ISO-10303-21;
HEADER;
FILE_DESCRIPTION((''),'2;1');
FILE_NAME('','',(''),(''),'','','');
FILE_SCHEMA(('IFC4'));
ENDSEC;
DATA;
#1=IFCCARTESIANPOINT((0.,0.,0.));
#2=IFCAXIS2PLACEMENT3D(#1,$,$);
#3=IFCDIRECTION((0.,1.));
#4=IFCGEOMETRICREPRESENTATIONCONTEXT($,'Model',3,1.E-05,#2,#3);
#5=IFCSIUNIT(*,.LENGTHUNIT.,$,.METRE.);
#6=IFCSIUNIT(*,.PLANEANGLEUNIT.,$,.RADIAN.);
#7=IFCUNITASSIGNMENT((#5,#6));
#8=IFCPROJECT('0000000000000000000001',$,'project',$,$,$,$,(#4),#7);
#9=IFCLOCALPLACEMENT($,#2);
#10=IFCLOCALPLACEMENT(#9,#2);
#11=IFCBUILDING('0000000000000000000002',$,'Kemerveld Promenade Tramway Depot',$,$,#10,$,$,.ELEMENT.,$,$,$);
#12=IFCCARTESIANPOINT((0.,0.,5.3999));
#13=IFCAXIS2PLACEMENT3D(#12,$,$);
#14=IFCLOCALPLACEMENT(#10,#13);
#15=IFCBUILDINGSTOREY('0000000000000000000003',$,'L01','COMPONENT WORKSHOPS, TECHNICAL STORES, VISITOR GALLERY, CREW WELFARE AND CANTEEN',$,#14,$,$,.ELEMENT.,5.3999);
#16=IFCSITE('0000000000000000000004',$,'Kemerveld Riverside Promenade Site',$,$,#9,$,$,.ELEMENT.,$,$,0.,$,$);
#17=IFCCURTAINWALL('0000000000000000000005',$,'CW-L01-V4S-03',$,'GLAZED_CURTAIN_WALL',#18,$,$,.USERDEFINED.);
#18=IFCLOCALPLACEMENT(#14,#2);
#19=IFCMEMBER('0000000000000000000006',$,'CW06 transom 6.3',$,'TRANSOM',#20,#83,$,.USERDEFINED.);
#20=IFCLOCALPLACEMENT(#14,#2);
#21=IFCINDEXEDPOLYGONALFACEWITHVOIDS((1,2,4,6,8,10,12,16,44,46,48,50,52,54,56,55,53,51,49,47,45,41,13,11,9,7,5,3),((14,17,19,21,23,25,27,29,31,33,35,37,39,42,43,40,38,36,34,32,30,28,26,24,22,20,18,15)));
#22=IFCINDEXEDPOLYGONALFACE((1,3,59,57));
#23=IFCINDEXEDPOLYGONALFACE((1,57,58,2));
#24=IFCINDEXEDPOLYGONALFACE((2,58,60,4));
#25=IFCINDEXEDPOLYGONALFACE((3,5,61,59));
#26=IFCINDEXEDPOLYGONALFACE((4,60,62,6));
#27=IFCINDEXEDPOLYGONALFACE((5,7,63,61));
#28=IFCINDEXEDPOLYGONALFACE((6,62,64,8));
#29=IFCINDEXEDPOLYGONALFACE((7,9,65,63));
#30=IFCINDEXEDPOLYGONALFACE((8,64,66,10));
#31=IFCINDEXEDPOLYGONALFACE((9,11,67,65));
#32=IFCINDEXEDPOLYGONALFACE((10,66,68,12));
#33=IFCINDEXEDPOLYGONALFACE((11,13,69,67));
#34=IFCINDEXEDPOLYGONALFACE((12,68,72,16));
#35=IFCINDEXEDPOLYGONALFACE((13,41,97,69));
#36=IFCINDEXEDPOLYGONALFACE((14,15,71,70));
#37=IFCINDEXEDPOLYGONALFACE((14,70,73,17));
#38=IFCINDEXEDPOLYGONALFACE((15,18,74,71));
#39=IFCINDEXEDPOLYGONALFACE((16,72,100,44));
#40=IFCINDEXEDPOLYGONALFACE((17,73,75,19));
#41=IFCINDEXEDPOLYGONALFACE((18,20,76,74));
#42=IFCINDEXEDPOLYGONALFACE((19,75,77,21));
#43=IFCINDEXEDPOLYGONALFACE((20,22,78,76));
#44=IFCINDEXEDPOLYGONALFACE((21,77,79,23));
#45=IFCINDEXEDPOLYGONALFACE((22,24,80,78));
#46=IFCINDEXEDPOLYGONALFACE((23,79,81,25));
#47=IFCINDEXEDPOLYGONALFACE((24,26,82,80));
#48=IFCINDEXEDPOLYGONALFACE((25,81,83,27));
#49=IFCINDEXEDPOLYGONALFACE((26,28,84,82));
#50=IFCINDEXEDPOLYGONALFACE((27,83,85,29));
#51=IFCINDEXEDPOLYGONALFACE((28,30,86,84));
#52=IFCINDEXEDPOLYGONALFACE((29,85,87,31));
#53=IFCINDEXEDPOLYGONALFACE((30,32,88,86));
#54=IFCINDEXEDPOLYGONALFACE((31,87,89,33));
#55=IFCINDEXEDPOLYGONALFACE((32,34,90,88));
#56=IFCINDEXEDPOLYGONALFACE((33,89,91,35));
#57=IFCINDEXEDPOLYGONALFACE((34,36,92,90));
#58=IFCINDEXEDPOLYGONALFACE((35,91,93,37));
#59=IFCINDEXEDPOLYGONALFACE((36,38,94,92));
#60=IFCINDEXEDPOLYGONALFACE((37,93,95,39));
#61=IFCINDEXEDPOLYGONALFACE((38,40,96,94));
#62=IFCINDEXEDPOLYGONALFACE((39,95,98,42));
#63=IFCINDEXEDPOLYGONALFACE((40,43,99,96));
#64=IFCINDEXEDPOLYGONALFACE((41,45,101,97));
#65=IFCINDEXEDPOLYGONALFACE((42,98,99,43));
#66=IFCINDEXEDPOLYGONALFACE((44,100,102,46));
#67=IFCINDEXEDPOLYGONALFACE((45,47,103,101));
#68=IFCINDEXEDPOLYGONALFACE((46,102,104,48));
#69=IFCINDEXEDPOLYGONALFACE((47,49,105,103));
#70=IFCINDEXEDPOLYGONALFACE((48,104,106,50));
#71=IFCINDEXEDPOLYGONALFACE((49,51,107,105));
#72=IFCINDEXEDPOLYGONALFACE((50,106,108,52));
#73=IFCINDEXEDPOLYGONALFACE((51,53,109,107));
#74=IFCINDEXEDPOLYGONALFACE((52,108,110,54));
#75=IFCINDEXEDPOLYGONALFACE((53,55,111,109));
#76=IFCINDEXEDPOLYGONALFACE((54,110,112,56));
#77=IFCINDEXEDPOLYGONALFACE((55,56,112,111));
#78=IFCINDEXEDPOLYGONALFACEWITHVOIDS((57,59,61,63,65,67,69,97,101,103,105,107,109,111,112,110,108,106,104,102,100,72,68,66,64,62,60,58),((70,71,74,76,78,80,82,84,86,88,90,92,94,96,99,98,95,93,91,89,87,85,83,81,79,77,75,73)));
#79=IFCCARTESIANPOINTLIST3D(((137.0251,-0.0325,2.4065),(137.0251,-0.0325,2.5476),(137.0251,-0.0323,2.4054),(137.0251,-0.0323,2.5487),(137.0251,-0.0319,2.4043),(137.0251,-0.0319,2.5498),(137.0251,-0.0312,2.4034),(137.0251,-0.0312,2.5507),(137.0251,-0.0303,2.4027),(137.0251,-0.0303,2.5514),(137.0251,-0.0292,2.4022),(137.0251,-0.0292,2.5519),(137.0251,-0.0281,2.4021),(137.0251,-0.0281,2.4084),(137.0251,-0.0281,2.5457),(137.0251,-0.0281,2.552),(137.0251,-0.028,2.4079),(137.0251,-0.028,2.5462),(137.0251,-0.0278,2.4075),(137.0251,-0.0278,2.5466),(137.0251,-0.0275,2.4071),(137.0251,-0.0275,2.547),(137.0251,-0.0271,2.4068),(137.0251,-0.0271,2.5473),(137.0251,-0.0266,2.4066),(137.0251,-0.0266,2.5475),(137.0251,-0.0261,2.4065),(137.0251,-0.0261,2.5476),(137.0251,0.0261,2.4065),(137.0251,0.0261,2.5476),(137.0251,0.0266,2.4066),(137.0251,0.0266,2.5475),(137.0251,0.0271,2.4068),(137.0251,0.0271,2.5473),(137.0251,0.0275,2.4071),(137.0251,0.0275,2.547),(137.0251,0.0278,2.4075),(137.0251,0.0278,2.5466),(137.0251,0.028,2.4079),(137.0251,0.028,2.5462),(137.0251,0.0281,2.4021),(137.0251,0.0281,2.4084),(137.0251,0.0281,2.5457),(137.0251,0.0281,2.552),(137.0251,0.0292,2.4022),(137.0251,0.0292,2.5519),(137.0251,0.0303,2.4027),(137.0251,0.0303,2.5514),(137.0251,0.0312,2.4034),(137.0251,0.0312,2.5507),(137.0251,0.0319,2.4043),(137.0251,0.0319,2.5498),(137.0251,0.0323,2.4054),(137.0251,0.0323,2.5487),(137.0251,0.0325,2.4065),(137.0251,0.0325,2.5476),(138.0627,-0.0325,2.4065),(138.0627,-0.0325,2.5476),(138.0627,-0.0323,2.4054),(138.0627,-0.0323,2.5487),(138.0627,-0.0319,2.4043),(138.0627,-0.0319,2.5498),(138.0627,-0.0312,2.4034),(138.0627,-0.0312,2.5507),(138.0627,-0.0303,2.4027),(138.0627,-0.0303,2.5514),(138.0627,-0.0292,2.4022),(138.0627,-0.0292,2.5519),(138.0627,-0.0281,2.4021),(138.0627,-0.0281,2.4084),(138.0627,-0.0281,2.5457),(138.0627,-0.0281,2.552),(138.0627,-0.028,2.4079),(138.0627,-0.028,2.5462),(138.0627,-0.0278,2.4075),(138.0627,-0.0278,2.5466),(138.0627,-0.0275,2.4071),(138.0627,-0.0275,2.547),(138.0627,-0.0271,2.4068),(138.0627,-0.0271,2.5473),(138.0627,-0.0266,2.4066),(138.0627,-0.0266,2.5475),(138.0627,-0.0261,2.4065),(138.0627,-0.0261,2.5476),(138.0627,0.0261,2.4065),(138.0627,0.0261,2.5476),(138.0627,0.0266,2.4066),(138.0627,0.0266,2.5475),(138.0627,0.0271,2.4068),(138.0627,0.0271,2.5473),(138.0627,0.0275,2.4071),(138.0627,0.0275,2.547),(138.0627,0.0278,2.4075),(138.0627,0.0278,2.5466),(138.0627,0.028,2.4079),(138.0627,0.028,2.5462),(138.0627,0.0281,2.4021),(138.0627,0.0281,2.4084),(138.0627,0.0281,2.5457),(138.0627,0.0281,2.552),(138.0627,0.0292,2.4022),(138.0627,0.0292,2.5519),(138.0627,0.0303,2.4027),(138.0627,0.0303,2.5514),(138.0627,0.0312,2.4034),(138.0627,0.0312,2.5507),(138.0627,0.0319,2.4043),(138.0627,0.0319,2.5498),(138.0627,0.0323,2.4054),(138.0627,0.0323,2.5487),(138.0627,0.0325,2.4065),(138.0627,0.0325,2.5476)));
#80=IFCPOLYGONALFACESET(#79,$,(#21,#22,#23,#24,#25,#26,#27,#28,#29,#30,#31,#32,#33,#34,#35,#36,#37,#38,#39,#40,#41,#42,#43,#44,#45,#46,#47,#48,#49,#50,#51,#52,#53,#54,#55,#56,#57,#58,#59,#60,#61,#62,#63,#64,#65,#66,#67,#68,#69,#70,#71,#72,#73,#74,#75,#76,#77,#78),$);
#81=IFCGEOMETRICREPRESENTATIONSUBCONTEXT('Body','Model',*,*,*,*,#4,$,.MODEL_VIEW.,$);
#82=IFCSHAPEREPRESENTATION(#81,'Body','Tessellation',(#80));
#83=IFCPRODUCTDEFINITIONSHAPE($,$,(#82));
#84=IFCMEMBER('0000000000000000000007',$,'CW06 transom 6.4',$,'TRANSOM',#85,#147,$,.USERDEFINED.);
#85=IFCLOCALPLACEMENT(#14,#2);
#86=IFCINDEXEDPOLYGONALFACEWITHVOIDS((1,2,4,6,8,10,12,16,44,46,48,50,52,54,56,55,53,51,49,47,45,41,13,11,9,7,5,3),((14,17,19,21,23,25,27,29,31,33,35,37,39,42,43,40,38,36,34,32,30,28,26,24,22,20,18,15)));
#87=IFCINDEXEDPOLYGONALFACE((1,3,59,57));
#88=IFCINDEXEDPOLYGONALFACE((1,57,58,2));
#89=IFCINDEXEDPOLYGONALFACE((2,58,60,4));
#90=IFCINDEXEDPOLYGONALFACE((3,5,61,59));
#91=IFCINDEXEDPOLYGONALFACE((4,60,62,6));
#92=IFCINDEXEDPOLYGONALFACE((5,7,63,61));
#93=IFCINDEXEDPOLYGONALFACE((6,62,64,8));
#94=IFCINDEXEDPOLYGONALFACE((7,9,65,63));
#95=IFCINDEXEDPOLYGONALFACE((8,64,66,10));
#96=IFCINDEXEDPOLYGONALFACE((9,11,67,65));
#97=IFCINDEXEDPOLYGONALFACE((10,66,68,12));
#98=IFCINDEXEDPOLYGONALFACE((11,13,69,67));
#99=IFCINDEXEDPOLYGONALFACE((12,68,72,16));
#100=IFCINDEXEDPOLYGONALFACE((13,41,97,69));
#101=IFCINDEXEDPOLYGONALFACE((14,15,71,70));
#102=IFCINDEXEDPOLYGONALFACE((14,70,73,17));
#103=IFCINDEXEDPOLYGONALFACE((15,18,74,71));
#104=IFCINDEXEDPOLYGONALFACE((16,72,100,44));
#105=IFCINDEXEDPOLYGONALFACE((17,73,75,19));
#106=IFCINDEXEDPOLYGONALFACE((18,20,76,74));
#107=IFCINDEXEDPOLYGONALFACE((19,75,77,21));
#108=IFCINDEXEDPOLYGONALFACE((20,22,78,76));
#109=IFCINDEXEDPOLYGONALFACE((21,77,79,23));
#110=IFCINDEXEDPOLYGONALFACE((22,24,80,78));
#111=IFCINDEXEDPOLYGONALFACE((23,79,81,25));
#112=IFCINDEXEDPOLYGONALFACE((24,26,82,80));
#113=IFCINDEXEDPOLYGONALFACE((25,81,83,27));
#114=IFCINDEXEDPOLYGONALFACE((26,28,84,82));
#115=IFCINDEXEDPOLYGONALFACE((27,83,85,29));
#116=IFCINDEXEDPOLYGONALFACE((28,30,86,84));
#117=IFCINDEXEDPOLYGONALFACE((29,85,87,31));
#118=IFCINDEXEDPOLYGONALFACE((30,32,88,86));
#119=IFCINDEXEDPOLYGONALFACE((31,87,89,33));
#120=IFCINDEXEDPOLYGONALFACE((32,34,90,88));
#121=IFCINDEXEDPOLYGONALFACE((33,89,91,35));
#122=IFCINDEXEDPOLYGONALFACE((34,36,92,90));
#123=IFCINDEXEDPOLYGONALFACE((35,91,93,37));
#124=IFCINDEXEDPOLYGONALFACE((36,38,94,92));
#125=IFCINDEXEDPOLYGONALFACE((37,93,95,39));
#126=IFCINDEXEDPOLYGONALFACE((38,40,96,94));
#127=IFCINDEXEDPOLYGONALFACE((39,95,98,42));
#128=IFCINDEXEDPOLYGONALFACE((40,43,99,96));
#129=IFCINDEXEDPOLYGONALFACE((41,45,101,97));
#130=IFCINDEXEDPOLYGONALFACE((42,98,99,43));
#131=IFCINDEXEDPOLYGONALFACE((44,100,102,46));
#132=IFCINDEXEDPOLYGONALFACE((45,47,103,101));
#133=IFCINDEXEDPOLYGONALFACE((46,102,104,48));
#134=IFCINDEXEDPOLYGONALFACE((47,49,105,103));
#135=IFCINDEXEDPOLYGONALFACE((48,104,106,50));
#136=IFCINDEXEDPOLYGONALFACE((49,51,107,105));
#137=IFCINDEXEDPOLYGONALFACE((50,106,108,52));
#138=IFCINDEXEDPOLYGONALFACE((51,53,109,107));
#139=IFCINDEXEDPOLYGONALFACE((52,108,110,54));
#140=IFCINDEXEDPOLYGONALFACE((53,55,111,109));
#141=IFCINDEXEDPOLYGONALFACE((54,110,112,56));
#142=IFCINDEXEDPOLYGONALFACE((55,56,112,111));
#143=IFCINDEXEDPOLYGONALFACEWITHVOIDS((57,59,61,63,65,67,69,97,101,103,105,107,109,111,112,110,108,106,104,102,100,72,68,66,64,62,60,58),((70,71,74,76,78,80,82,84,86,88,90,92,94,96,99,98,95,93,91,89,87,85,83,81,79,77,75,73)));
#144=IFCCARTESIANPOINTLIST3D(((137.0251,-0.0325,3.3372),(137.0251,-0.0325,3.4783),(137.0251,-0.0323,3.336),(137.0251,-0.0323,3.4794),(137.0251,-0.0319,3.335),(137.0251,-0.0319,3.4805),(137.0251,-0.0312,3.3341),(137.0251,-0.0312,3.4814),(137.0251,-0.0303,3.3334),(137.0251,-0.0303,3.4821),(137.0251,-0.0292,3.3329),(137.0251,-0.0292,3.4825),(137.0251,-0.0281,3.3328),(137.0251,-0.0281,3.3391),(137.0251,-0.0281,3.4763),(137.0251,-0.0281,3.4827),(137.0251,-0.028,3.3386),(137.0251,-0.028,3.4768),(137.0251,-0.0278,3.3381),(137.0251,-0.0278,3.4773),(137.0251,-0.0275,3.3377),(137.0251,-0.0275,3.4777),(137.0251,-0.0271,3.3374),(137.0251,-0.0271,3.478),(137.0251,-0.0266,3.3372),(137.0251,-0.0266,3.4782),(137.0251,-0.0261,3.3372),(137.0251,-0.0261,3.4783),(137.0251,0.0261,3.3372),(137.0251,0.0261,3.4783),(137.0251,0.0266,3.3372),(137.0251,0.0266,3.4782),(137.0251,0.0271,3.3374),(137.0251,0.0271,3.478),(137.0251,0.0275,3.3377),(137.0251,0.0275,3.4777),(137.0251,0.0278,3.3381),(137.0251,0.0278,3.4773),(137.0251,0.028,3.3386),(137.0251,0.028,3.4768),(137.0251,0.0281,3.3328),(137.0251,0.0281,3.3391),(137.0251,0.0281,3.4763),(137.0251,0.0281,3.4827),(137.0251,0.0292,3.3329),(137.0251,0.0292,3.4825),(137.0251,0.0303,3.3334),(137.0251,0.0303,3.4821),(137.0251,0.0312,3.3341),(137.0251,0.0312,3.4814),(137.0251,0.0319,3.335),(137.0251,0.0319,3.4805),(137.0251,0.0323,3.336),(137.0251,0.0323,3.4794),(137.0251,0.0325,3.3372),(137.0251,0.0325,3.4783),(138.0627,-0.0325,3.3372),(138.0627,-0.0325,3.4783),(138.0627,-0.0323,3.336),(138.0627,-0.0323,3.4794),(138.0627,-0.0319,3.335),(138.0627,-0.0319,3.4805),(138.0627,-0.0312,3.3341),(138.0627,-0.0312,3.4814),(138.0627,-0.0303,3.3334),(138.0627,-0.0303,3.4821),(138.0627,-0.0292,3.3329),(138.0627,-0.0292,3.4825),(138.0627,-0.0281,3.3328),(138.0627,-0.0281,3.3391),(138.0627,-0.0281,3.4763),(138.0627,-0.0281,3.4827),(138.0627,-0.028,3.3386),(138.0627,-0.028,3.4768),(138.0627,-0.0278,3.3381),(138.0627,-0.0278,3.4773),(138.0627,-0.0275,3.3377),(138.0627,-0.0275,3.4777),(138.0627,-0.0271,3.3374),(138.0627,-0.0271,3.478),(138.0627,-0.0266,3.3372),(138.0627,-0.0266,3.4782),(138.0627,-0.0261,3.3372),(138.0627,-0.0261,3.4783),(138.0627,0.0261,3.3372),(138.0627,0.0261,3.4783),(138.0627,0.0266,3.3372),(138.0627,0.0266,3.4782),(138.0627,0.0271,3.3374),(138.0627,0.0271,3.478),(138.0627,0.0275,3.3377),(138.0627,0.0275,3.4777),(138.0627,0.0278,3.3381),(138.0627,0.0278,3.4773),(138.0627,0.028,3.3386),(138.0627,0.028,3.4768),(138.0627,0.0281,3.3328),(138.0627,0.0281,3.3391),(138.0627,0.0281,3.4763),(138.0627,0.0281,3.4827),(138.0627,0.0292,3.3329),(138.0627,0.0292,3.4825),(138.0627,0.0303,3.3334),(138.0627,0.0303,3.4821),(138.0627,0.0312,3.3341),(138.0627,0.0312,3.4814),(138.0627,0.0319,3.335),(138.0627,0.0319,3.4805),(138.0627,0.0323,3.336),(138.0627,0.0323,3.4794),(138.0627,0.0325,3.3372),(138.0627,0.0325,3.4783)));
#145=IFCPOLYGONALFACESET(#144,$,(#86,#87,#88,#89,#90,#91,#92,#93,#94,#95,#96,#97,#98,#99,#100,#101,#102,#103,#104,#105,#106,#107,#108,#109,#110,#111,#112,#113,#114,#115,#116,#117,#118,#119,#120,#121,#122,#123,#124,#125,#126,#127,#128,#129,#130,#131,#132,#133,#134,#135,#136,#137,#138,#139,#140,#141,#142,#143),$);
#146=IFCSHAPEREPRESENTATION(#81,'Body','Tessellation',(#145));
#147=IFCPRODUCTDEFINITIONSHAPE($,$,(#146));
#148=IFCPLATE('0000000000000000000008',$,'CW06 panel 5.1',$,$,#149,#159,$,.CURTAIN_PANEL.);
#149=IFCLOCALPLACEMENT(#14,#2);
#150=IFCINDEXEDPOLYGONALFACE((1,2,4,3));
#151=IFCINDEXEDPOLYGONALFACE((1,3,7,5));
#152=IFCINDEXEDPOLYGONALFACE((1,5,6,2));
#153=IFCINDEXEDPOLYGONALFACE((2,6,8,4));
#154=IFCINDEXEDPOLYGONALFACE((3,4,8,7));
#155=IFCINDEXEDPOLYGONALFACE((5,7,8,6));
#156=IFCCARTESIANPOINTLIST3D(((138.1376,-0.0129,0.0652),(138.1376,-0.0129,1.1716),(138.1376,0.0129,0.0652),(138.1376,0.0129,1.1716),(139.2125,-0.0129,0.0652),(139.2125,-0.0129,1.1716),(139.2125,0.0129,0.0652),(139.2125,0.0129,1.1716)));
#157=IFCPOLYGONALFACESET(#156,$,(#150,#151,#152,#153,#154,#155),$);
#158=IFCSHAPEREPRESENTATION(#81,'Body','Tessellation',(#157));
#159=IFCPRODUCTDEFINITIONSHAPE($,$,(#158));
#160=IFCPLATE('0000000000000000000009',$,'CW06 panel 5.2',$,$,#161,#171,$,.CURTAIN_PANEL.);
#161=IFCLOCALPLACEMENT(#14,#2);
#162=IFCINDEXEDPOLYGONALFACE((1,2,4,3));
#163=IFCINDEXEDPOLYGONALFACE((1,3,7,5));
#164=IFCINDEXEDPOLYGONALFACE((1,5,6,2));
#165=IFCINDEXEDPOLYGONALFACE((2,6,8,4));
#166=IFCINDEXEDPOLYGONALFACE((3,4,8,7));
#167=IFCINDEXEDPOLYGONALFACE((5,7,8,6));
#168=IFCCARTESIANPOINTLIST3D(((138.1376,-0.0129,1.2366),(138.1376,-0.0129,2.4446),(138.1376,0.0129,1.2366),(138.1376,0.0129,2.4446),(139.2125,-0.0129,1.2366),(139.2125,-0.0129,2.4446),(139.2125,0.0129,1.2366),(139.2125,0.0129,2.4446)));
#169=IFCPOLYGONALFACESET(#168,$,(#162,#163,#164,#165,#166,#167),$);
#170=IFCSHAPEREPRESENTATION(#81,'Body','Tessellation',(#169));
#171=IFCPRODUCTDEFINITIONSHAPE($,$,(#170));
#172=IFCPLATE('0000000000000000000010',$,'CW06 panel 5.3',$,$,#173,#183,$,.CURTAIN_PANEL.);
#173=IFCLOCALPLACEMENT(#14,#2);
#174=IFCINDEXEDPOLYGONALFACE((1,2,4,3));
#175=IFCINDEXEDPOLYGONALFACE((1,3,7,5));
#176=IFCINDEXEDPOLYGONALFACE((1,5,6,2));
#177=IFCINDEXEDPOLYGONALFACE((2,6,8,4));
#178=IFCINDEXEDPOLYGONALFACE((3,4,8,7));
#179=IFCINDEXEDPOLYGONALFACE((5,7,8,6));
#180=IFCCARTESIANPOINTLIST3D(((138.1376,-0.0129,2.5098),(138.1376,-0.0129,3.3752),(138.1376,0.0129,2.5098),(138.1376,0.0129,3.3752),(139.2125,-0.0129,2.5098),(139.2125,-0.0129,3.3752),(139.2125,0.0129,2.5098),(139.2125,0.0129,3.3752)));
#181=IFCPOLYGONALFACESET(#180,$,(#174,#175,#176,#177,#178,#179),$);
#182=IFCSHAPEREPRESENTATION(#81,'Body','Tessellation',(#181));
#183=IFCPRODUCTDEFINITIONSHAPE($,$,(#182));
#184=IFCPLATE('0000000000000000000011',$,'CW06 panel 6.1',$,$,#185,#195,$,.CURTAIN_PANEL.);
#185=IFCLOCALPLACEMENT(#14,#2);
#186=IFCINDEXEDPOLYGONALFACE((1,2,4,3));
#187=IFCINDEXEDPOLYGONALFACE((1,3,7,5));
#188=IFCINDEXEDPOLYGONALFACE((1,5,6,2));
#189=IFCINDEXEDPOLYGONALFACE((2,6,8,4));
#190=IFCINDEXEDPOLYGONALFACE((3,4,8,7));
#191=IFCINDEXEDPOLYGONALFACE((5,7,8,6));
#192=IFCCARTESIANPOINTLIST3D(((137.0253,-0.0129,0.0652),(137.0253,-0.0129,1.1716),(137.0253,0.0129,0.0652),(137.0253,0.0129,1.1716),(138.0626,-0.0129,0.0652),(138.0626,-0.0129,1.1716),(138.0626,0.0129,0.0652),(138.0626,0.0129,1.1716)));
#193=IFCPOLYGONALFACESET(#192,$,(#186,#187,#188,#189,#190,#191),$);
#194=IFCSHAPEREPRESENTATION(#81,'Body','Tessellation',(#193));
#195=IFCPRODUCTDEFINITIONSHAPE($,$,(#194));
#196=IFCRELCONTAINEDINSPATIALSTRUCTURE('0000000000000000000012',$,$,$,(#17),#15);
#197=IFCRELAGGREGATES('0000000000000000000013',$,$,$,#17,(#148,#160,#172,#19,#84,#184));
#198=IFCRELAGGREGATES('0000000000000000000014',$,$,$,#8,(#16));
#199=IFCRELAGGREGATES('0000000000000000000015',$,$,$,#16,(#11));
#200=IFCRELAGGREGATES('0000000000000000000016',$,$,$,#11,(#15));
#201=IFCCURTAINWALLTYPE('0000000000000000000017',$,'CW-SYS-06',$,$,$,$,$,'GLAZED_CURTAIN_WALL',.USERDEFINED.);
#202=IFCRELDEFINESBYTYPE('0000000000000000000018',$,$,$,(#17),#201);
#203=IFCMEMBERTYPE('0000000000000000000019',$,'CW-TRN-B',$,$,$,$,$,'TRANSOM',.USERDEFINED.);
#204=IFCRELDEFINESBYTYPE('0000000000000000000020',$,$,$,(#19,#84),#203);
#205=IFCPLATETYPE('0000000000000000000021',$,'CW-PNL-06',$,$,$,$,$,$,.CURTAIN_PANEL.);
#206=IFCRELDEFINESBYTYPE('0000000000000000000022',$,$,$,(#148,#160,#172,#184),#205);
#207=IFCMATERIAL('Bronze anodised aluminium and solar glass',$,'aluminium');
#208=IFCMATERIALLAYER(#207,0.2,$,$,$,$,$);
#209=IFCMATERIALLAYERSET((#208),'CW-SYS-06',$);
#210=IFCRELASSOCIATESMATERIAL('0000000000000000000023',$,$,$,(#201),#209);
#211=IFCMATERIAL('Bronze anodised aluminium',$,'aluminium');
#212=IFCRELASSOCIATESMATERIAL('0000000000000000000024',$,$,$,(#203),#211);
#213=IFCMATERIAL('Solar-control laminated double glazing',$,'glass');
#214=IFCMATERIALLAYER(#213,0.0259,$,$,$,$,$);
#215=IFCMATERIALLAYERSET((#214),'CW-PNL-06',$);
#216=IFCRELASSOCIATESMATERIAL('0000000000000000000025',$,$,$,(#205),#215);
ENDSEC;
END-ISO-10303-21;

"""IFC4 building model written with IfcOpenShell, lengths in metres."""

from ifc_helpers import new_model, si_unit, direction, frame, origin, origin_2d, place, context, subcontext, project, spatial, rectangle, hollow_rectangle, extrude, material, layer, layer_set, material_profile, profile_set, type_object, element, aggregate, save


model = new_model("IFC4")

# Units and contexts
model_context = context("Model", 3, precision=1e-05, world=origin(), true_north=direction((0.0, 1.0)))
body_context = subcontext(model_context, "Body", "Model", "MODEL_VIEW")
ifc_project = project(units=[si_unit("LENGTHUNIT", "METRE"), si_unit("PLANEANGLEUNIT", "RADIAN")], contexts=[model_context])

# Site, building, storey
site_placement = place(None, origin())
site = spatial("IfcSite", under=ifc_project, at=site_placement, Name="Kemerveld Riverside Promenade Site", CompositionType="ELEMENT", RefElevation=0.0)
building_placement = place(site_placement, origin())
building = spatial("IfcBuilding", under=site, at=building_placement, Name="Kemerveld Promenade Tramway Depot", CompositionType="ELEMENT")
storey_placement = place(building_placement, frame((0.0, 0.0, 5.3999)))
storey = spatial("IfcBuildingStorey", under=building, at=storey_placement, Name="L01", Description="COMPONENT WORKSHOPS, TECHNICAL STORES, VISITOR GALLERY, CREW WELFARE AND CANTEEN", CompositionType="ELEMENT", Elevation=5.3999)

# Curtain wall, members, plates
ifc_material_1 = material(Name="Bronze anodised aluminium and solar glass", Category="aluminium")
ifc_layer_1 = layer(ifc_material_1, 0.2)
ifc_layer_set_1 = layer_set([ifc_layer_1], Name="CW-SYS-06")
curtain_wall_type = type_object("IfcCurtainWallType", Name="CW-SYS-06", ElementType="GLAZED_CURTAIN_WALL", PredefinedType="USERDEFINED", material=ifc_layer_set_1)
curtain_wall_placement = place(storey_placement, origin())
curtain_wall = element("IfcCurtainWall", 1, at=curtain_wall_placement, inside=storey, type_object=curtain_wall_type, Name="CW-L01-V4S-03", ObjectType="GLAZED_CURTAIN_WALL", PredefinedType="USERDEFINED")
ifc_material_2 = material(Name="Bronze anodised aluminium", Category="aluminium")
ifc_material_profile_1 = material_profile(ifc_material_2, hollow_rectangle(XDim=0.0649, YDim=0.1499, WallThickness=0.0044, InnerFilletRadius=0.002, OuterFilletRadius=0.0044, at=origin_2d()), Name="CW-TRN-150x65")
ifc_profile_set_1 = profile_set([ifc_material_profile_1], Name="Bronze anodised aluminium")
member_type_1 = type_object("IfcMemberType", Name="CW-TRN-B", ElementType="TRANSOM", PredefinedType="USERDEFINED", material=ifc_profile_set_1)
member_1_placement = place(storey_placement, frame((138.0627, 0.0, 2.4771), z_axis=(-1.0, 0.0, 0.0), x_axis=(0.0, -1.0, 0.0)))
member_1 = element("IfcMember", 2, at=member_1_placement, type_object=member_type_1, Name="CW06 transom 6.3", ObjectType="TRANSOM", PredefinedType="USERDEFINED", context=body_context, shape_type="SweptSolid", body=[
    extrude(hollow_rectangle(XDim=0.0649, YDim=0.1499, WallThickness=0.0044, InnerFilletRadius=0.002, OuterFilletRadius=0.0044, at=origin_2d()), origin(), (0.0, 0.0, 1.0), 1.0376),
])
member_2_placement = place(storey_placement, frame((138.0627, 0.0, 3.4077), z_axis=(-1.0, 0.0, 0.0), x_axis=(0.0, -1.0, 0.0)))
member_2 = element("IfcMember", 3, at=member_2_placement, type_object=member_type_1, Name="CW06 transom 6.4", ObjectType="TRANSOM", PredefinedType="USERDEFINED", context=body_context, shape_type="SweptSolid", body=[
    extrude(hollow_rectangle(XDim=0.0649, YDim=0.1499, WallThickness=0.0044, InnerFilletRadius=0.002, OuterFilletRadius=0.0044, at=origin_2d()), origin(), (0.0, 0.0, 1.0), 1.0376),
])
ifc_material_3 = material(Name="Solar-control laminated double glazing", Category="glass")
ifc_layer_2 = layer(ifc_material_3, 0.0259)
ifc_layer_set_2 = layer_set([ifc_layer_2], Name="CW-PNL-06")
plate_type = type_object("IfcPlateType", Name="CW-PNL-06", PredefinedType="CURTAIN_PANEL", material=ifc_layer_set_2)
plate_1_placement = place(storey_placement, frame((138.675, 0.0, 0.0652), z_axis=(0.0, 0.0, 1.0), x_axis=(-1.0, 0.0, 0.0)))
plate_1 = element("IfcPlate", 4, at=plate_1_placement, type_object=plate_type, Name="CW06 panel 5.1", PredefinedType="CURTAIN_PANEL", context=body_context, shape_type="SweptSolid", body=[
    extrude(rectangle(XDim=1.075, YDim=0.0259, at=origin_2d()), origin(), (0.0, 0.0, 1.0), 1.1064),
])
plate_2_placement = place(storey_placement, frame((138.675, 0.0, 1.2366), z_axis=(0.0, 0.0, 1.0), x_axis=(-1.0, 0.0, 0.0)))
plate_2 = element("IfcPlate", 5, at=plate_2_placement, type_object=plate_type, Name="CW06 panel 5.2", PredefinedType="CURTAIN_PANEL", context=body_context, shape_type="SweptSolid", body=[
    extrude(rectangle(XDim=1.075, YDim=0.0259, at=origin_2d()), origin(), (0.0, 0.0, 1.0), 1.208),
])
plate_3_placement = place(storey_placement, frame((138.675, 0.0, 2.5098), z_axis=(0.0, 0.0, 1.0), x_axis=(-1.0, 0.0, 0.0)))
plate_3 = element("IfcPlate", 6, at=plate_3_placement, type_object=plate_type, Name="CW06 panel 5.3", PredefinedType="CURTAIN_PANEL", context=body_context, shape_type="SweptSolid", body=[
    extrude(rectangle(XDim=1.075, YDim=0.0259, at=origin_2d()), origin(), (0.0, 0.0, 1.0), 0.8655),
])
plate_4_placement = place(storey_placement, frame((137.5439, 0.0, 0.0652), z_axis=(0.0, 0.0, 1.0), x_axis=(-1.0, 0.0, 0.0)))
plate_4 = element("IfcPlate", 7, at=plate_4_placement, type_object=plate_type, Name="CW06 panel 6.1", PredefinedType="CURTAIN_PANEL", context=body_context, shape_type="SweptSolid", body=[
    extrude(rectangle(XDim=1.0374, YDim=0.0259, at=origin_2d()), origin(), (0.0, 0.0, 1.0), 1.1064),
])
aggregate(curtain_wall, [plate_1, plate_2, plate_3, member_1, member_2, plate_4])

save(model, "model.ifc")
